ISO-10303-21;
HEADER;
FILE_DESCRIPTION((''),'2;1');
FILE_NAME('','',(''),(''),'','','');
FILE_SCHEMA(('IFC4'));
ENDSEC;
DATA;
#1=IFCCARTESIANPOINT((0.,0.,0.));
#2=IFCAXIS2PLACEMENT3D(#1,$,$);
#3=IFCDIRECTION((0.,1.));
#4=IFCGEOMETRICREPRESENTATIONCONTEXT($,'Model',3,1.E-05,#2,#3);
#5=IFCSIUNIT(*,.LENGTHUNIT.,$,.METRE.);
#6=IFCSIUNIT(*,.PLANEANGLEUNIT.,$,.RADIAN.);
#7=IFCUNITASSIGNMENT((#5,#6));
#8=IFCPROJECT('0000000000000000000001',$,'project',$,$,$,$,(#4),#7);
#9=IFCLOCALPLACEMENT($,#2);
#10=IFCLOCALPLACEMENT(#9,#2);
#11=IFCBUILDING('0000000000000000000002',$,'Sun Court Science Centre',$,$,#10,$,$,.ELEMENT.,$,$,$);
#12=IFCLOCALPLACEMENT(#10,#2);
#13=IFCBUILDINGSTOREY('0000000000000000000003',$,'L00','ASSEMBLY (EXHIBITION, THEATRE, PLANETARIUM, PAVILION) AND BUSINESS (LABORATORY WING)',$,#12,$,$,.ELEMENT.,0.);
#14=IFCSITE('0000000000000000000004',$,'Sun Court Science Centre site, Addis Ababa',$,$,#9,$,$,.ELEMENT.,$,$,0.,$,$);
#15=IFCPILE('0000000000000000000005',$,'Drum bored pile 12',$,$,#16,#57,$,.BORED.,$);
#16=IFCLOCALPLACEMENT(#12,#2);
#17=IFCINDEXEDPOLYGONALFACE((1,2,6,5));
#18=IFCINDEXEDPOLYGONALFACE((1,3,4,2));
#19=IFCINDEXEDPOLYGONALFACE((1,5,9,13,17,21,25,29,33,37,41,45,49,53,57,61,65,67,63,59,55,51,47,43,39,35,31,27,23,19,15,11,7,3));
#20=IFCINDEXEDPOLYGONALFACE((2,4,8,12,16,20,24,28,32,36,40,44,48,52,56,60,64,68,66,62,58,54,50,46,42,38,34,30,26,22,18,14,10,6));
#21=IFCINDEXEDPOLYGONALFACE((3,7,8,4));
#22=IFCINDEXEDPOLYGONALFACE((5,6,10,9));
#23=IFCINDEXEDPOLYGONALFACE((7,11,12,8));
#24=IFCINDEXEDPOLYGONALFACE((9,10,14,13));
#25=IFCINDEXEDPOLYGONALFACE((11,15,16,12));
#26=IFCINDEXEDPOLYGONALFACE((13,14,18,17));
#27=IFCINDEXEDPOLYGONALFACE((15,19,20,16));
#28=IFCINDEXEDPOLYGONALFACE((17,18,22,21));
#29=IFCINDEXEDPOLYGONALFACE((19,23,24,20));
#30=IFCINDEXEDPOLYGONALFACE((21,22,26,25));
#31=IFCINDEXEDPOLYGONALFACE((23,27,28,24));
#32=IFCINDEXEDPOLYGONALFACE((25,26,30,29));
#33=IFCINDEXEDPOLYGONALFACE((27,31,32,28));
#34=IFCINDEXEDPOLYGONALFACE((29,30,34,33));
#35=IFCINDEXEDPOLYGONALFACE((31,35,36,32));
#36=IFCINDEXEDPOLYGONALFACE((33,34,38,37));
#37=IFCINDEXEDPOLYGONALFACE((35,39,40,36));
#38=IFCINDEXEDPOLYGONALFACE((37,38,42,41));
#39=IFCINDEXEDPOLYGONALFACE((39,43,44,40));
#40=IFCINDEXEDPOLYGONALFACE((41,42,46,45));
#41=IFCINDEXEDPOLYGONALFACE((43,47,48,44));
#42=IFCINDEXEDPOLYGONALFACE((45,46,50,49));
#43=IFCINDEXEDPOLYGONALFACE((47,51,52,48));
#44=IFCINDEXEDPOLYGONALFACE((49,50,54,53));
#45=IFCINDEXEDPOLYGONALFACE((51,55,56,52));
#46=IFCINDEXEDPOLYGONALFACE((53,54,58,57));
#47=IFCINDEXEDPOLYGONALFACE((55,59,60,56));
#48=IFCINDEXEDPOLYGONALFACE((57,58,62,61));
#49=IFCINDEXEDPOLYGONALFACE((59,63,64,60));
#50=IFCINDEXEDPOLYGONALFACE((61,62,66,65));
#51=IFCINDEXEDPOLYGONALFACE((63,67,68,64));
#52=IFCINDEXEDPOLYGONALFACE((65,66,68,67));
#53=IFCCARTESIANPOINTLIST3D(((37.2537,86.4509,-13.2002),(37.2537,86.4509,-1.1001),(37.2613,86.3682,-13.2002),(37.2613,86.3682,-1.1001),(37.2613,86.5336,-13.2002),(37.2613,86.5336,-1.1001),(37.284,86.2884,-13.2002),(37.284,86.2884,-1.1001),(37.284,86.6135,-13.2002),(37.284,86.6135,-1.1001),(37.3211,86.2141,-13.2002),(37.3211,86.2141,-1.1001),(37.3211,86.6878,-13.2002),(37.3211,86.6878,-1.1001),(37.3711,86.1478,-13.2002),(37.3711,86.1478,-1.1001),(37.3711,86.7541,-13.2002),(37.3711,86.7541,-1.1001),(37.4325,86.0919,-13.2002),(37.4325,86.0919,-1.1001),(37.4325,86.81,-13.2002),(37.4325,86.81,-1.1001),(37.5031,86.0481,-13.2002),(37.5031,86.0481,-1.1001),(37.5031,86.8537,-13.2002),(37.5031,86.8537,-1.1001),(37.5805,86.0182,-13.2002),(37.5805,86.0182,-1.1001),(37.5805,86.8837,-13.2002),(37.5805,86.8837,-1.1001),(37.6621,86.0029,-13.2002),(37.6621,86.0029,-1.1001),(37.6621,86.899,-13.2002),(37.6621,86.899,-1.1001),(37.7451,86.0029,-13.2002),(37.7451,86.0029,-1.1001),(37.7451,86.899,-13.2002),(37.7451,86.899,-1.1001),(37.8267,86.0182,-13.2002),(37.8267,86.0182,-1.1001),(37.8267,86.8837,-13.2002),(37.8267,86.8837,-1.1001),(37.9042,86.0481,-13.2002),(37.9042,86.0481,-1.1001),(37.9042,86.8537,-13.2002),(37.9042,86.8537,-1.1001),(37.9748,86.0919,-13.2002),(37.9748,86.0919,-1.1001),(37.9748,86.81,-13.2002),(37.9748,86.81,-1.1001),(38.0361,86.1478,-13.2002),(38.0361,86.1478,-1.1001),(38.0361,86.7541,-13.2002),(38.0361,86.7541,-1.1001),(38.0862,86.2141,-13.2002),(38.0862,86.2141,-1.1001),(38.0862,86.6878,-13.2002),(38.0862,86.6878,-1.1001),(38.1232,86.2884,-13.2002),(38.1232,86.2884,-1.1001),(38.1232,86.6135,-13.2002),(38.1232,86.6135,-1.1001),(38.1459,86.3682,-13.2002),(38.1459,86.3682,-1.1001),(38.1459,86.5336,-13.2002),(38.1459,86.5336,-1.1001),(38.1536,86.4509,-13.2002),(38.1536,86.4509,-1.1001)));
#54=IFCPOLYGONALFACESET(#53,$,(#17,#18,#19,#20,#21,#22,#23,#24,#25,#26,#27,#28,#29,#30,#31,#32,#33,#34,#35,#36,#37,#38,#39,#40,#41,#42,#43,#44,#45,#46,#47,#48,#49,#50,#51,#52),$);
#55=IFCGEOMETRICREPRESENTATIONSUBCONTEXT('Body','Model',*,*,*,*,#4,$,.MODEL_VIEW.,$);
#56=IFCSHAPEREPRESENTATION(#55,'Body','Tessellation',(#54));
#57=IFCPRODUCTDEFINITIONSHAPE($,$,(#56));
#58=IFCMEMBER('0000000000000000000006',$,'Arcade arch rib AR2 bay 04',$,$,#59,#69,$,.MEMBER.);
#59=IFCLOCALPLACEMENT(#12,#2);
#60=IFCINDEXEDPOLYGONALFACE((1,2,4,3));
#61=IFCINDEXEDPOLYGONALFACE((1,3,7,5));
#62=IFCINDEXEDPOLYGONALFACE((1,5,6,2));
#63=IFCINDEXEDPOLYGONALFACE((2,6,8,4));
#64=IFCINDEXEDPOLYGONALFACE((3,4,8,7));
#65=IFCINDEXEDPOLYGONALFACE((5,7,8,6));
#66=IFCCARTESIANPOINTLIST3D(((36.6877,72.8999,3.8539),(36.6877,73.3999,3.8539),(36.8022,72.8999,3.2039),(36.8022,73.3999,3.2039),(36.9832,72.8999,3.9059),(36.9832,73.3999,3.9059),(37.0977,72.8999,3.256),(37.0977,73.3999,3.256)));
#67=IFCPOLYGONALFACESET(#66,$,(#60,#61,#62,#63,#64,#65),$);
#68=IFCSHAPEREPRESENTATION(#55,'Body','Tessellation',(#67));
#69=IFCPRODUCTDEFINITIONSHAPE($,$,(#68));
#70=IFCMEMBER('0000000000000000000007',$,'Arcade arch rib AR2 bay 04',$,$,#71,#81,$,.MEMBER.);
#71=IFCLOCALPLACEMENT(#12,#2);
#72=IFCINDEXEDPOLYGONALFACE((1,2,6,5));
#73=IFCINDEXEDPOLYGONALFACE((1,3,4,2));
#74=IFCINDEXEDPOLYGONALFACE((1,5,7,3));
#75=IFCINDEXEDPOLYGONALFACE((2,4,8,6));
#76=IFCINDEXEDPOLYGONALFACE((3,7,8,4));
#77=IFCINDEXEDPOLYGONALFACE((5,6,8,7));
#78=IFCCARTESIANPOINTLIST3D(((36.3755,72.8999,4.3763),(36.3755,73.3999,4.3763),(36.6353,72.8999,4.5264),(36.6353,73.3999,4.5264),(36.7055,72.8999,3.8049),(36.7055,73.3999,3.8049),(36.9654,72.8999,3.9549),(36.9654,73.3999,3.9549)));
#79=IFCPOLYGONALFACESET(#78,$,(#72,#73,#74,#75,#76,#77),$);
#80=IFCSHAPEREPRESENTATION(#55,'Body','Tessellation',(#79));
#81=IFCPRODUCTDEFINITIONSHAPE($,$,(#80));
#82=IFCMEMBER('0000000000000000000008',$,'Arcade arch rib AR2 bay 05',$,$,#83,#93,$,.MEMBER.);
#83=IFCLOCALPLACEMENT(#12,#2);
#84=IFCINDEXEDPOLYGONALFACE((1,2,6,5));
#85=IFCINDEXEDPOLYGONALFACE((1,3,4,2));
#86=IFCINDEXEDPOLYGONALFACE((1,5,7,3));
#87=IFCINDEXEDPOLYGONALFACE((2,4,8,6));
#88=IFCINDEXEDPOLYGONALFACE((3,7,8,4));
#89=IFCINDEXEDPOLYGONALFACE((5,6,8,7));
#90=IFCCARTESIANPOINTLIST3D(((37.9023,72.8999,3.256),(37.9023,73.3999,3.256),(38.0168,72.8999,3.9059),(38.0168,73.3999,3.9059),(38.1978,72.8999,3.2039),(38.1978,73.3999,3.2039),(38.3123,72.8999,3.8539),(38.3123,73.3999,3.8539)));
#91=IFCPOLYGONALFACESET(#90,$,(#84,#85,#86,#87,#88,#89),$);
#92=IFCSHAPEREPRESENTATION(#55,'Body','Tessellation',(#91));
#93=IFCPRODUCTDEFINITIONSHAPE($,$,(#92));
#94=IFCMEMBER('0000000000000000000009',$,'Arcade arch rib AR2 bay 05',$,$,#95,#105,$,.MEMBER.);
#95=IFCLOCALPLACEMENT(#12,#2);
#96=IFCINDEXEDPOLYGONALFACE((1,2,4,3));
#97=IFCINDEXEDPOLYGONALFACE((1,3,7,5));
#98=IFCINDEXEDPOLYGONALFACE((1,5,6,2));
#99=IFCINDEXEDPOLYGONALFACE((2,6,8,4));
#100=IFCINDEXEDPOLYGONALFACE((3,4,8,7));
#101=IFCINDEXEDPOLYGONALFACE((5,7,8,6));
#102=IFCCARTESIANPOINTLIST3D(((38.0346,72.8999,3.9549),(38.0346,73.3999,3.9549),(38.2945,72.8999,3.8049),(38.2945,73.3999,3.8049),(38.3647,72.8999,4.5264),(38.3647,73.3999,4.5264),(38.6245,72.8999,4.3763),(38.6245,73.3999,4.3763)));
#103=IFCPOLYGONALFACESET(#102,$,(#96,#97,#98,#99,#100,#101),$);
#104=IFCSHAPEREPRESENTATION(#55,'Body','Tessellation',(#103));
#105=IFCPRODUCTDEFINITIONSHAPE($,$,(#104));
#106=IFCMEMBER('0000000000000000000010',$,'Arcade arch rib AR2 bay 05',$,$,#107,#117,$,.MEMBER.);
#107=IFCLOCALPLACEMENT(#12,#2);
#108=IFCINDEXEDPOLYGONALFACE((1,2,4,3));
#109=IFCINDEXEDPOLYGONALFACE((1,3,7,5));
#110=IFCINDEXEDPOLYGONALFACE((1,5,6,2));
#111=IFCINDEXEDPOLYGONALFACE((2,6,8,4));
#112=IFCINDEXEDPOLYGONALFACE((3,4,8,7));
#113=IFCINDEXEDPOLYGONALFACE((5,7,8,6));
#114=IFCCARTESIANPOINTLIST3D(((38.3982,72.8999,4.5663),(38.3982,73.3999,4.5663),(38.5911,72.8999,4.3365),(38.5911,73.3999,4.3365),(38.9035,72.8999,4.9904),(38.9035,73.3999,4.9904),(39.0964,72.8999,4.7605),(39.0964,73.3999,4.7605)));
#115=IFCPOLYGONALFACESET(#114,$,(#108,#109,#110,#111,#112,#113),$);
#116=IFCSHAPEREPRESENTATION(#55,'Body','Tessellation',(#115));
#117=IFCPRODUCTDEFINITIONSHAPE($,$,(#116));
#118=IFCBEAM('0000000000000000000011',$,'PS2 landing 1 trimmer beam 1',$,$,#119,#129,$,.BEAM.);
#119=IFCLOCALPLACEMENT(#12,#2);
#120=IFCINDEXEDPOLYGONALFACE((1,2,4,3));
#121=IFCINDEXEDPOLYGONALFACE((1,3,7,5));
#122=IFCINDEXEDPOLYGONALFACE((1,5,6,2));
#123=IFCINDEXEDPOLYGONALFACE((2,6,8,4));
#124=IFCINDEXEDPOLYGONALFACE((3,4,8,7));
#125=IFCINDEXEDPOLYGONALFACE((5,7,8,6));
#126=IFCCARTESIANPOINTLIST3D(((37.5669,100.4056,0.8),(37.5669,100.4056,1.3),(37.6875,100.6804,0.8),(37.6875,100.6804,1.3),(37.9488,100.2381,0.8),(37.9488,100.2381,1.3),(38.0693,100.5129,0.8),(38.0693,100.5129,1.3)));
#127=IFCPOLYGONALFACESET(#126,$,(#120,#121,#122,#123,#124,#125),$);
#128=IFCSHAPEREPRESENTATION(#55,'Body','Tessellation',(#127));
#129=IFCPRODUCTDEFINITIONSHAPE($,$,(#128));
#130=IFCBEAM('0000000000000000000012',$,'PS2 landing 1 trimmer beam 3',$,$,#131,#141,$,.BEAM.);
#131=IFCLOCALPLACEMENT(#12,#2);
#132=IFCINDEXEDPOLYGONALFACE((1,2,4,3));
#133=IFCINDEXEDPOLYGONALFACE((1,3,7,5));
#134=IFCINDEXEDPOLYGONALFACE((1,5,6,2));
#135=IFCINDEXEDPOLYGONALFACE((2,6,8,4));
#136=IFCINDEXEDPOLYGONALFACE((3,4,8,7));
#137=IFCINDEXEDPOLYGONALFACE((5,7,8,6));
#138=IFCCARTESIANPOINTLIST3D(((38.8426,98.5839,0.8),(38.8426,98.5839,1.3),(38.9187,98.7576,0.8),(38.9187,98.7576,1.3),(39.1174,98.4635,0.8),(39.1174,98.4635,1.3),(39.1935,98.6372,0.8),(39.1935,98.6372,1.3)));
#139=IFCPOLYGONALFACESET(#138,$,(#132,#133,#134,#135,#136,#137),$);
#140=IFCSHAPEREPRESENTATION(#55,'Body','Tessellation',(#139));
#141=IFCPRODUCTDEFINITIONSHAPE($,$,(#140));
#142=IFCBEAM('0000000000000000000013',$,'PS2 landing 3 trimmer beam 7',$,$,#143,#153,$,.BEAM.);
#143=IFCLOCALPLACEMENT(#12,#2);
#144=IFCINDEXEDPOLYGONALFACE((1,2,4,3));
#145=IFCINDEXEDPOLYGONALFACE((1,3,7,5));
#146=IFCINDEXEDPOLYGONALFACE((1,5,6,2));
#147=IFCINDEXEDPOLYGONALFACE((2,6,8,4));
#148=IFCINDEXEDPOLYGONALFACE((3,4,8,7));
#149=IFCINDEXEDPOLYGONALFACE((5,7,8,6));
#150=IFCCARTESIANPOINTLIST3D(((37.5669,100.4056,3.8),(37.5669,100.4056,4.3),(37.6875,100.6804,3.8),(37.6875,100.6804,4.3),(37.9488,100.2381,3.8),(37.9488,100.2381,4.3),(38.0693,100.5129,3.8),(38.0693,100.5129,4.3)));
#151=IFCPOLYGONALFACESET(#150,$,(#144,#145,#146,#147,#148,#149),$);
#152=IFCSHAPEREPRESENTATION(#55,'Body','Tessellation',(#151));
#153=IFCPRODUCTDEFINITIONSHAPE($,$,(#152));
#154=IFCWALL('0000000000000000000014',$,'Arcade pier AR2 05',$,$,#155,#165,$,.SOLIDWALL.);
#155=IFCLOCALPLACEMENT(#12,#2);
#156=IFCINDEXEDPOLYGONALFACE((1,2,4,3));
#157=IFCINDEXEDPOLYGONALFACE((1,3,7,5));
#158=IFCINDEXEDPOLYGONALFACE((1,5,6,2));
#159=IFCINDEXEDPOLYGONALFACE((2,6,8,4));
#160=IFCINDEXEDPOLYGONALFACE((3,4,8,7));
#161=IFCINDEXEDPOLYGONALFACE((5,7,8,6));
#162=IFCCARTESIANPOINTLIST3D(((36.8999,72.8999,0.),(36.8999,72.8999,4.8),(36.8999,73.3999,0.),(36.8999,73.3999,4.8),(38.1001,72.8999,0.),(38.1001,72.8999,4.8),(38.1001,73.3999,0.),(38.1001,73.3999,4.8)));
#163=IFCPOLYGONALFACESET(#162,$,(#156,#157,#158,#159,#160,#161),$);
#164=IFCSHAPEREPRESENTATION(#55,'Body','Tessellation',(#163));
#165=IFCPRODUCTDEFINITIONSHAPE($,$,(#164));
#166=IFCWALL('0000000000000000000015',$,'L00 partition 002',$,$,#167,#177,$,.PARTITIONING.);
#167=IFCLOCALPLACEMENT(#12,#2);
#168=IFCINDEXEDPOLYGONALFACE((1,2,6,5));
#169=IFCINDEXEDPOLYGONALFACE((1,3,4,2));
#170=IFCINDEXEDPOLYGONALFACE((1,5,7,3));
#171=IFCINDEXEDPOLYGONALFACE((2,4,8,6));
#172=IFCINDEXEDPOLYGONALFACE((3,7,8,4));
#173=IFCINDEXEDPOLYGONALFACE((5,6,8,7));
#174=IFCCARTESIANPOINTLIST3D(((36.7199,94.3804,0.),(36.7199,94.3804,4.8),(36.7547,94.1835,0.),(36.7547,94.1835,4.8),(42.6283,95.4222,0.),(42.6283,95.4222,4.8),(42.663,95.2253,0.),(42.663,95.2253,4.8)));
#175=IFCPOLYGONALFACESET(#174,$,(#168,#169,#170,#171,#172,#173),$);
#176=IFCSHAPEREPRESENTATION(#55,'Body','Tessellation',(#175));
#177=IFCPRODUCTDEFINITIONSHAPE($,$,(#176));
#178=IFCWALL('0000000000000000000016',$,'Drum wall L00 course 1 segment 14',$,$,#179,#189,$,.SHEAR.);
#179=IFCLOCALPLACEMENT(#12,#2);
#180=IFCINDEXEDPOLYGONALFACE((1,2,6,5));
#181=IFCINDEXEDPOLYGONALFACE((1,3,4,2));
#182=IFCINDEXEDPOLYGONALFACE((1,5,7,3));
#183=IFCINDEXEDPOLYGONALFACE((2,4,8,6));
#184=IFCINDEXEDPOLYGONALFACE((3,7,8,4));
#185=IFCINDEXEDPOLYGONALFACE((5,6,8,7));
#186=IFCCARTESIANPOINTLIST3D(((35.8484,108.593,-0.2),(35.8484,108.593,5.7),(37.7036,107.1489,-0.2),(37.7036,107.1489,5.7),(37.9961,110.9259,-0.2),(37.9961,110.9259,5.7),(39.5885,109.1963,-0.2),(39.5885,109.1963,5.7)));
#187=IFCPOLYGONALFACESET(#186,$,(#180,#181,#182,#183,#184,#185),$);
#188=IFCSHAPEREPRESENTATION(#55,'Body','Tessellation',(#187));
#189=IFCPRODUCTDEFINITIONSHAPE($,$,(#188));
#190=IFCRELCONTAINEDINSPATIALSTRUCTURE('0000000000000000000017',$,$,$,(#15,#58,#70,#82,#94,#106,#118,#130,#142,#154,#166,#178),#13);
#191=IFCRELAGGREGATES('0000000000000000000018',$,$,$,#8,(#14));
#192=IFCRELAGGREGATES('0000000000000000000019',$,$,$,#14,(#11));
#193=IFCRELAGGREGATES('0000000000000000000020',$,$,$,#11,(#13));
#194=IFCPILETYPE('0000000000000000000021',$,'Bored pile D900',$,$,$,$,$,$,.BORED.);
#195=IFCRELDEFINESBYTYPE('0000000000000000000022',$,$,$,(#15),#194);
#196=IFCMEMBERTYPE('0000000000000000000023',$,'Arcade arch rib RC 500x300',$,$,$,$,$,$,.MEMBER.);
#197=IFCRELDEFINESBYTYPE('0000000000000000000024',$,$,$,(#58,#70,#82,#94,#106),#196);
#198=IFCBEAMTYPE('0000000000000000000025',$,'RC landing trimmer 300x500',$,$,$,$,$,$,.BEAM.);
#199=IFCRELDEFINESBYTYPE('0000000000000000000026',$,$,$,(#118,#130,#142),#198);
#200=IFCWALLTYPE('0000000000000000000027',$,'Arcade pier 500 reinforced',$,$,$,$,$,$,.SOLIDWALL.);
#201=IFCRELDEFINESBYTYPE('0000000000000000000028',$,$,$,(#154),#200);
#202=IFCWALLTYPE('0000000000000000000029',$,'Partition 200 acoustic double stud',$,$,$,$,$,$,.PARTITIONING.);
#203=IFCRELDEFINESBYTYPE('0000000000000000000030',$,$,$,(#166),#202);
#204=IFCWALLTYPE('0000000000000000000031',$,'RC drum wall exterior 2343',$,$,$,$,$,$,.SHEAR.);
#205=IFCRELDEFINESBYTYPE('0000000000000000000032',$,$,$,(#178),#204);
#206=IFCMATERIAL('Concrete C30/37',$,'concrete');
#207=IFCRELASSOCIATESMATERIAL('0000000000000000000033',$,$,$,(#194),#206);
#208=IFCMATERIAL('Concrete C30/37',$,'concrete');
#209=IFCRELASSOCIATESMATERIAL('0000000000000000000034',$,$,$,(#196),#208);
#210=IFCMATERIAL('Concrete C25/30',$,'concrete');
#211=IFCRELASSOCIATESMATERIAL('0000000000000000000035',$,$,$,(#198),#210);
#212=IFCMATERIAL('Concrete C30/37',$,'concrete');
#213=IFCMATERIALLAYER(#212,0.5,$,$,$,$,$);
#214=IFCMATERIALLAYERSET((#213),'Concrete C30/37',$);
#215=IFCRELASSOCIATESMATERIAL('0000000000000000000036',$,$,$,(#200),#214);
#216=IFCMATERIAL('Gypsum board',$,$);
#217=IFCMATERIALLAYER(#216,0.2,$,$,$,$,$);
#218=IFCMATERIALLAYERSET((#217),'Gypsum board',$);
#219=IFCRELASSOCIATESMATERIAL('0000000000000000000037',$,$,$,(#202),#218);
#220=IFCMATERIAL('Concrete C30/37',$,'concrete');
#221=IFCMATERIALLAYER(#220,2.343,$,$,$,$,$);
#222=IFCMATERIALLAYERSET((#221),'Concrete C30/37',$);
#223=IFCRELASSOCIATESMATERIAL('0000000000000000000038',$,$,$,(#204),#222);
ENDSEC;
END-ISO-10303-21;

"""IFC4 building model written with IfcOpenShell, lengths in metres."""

from ifc_helpers import new_model, si_unit, direction, frame, frame_2d, origin, origin_2d, place, context, subcontext, project, spatial, polyline, rectangle, circle, outline, extrude, material, layer, layer_set, material_profile, profile_set, type_object, element, save


model = new_model("IFC4")

# Units and contexts
model_context = context("Model", 3, precision=1e-05, world=origin(), true_north=direction((0.0, 1.0)))
body_context = subcontext(model_context, "Body", "Model", "MODEL_VIEW")
ifc_project = project(units=[si_unit("LENGTHUNIT", "METRE"), si_unit("PLANEANGLEUNIT", "RADIAN")], contexts=[model_context])

# Site, building, storey
site_placement = place(None, origin())
site = spatial("IfcSite", under=ifc_project, at=site_placement, Name="Sun Court Science Centre site, Addis Ababa", CompositionType="ELEMENT", RefElevation=0.0)
building_placement = place(site_placement, origin())
building = spatial("IfcBuilding", under=site, at=building_placement, Name="Sun Court Science Centre", CompositionType="ELEMENT")
storey_placement = place(building_placement, origin())
storey = spatial("IfcBuildingStorey", under=building, at=storey_placement, Name="L00", Description="ASSEMBLY (EXHIBITION, THEATRE, PLANETARIUM, PAVILION) AND BUSINESS (LABORATORY WING)", CompositionType="ELEMENT", Elevation=0.0)

# Pile
ifc_material_1 = material(Name="Concrete C30/37", Category="concrete")
ifc_material_profile_1 = material_profile(ifc_material_1, circle(Radius=0.45, at=origin_2d()), Name="RC D900")
ifc_profile_set_1 = profile_set([ifc_material_profile_1], Name="Concrete C30/37")
pile_type = type_object("IfcPileType", Name="Bored pile D900", PredefinedType="BORED", material=ifc_profile_set_1)
for number, where, z_axis, x_axis, name in (
    (1, (37.7036, 86.4509, -1.1001), (0.0, 0.0, -1.0), (1.0, 0.0, 0.0), "Drum bored pile 12"),
):
    element("IfcPile", number, at=place(storey_placement, frame(where, z_axis=z_axis, x_axis=x_axis)), inside=storey, type_object=pile_type, Name=name, PredefinedType="BORED", context=body_context, shape_type="SweptSolid", body=[
        extrude(circle(Radius=0.45, at=origin_2d()), origin(), (0.0, 0.0, 1.0), 12.1001),
    ])

# Members
ifc_material_2 = material(Name="Concrete C30/37", Category="concrete")
ifc_material_profile_2 = material_profile(ifc_material_2, rectangle(XDim=0.5, YDim=0.3, at=origin_2d()), Name="RC 500x300")
ifc_profile_set_2 = profile_set([ifc_material_profile_2], Name="Concrete C30/37")
member_type = type_object("IfcMemberType", Name="Arcade arch rib RC 500x300", PredefinedType="MEMBER", material=ifc_profile_set_2)
for number, where, z_axis, x_axis, name in (
    (2, (36.95, 73.1499, 3.23), (-0.173511, 0.0, 0.984832), (0.0, -1.0, 0.0), "Arcade arch rib AR2 bay 04"),
    (3, (36.8354, 73.1499, 3.8799), (-0.500117, 0.0, 0.865958), (0.0, -1.0, 0.0), "Arcade arch rib AR2 bay 04"),
    (4, (38.05, 73.1499, 3.23), (0.173511, 0.0, 0.984832), (0.0, 1.0, 0.0), "Arcade arch rib AR2 bay 05"),
    (5, (38.1646, 73.1499, 3.8799), (0.500117, 0.0, 0.865958), (0.0, 1.0, 0.0), "Arcade arch rib AR2 bay 05"),
):
    element("IfcMember", number, at=place(storey_placement, frame(where, z_axis=z_axis, x_axis=x_axis)), inside=storey, type_object=member_type, Name=name, PredefinedType="MEMBER", context=body_context, shape_type="SweptSolid", body=[
        extrude(rectangle(XDim=0.5, YDim=0.3, at=origin_2d()), origin(), (0.0, 0.0, 1.0), 0.6599),
    ])
member_placement = place(storey_placement, frame((38.4946, 73.1499, 4.4514), z_axis=(0.766033, 0.0, 0.642801), x_axis=(0.0, 1.0, 0.0)))
element("IfcMember", 6, at=member_placement, inside=storey, type_object=member_type, Name="Arcade arch rib AR2 bay 05", PredefinedType="MEMBER", context=body_context, shape_type="SweptSolid", body=[
    extrude(rectangle(XDim=0.5, YDim=0.3, at=origin_2d()), origin(), (0.0, 0.0, 1.0), 0.6597),
])

# Beams
ifc_material_3 = material(Name="Concrete C25/30", Category="concrete")
ifc_material_profile_3 = material_profile(ifc_material_3, rectangle(XDim=0.3, YDim=0.5, at=origin_2d()), Name="RC 300x500")
ifc_profile_set_3 = profile_set([ifc_material_profile_3], Name="Concrete C25/30")
beam_type = type_object("IfcBeamType", Name="RC landing trimmer 300x500", PredefinedType="BEAM", material=ifc_profile_set_3)
beam_1_placement = place(storey_placement, frame((37.6272, 100.543, 1.05), z_axis=(0.915781, -0.401679, 0.0), x_axis=(0.401679, 0.915781, 0.0)))
element("IfcBeam", 7, at=beam_1_placement, inside=storey, type_object=beam_type, Name="PS2 landing 1 trimmer beam 1", PredefinedType="BEAM", context=body_context, shape_type="SweptSolid", body=[
    extrude(rectangle(XDim=0.3, YDim=0.5, at=origin_2d()), origin(), (0.0, 0.0, 1.0), 0.417),
])
beam_2_placement = place(storey_placement, frame((38.98, 98.5237, 1.05), z_axis=(0.401359, 0.915921, 0.0), x_axis=(-0.915921, 0.401359, 0.0)))
element("IfcBeam", 8, at=beam_2_placement, inside=storey, type_object=beam_type, Name="PS2 landing 1 trimmer beam 3", PredefinedType="BEAM", context=body_context, shape_type="SweptSolid", body=[
    extrude(rectangle(XDim=0.3, YDim=0.5, at=origin_2d()), origin(), (0.0, 0.0, 1.0), 0.1897),
])
beam_3_placement = place(storey_placement, frame((37.6272, 100.543, 4.05), z_axis=(0.915781, -0.401679, 0.0), x_axis=(0.401679, 0.915781, 0.0)))
element("IfcBeam", 9, at=beam_3_placement, inside=storey, type_object=beam_type, Name="PS2 landing 3 trimmer beam 7", PredefinedType="BEAM", context=body_context, shape_type="SweptSolid", body=[
    extrude(rectangle(XDim=0.3, YDim=0.5, at=origin_2d()), origin(), (0.0, 0.0, 1.0), 0.417),
])

# Walls
ifc_material_4 = material(Name="Concrete C30/37", Category="concrete")
ifc_layer_1 = layer(ifc_material_4, 0.5)
ifc_layer_set_1 = layer_set([ifc_layer_1], Name="Concrete C30/37")
wall_type_1 = type_object("IfcWallType", Name="Arcade pier 500 reinforced", PredefinedType="SOLIDWALL", material=ifc_layer_set_1)
wall_1_placement = place(storey_placement, frame((36.8999, 73.1499, 0.0), z_axis=(0.0, 0.0, 1.0), x_axis=(1.0, 0.0, 0.0)))
element("IfcWall", 10, at=wall_1_placement, inside=storey, type_object=wall_type_1, Name="Arcade pier AR2 05", PredefinedType="SOLIDWALL", context=body_context, shape_type="SweptSolid", body=[
    extrude(rectangle(XDim=1.2002, YDim=0.5, at=frame_2d((0.6001, 0.0))), origin(), (0.0, 0.0, 1.0), 4.8),
])
ifc_material_5 = material(Name="Gypsum board")
ifc_layer_2 = layer(ifc_material_5, 0.2)
ifc_layer_set_2 = layer_set([ifc_layer_2], Name="Gypsum board")
wall_type_2 = type_object("IfcWallType", Name="Partition 200 acoustic double stud", PredefinedType="PARTITIONING", material=ifc_layer_set_2)
wall_2_placement = place(storey_placement, frame((36.7373, 94.282, 0.0), z_axis=(0.0, 0.0, 1.0), x_axis=(0.98481, 0.173637, 0.0)))
element("IfcWall", 11, at=wall_2_placement, inside=storey, type_object=wall_type_2, Name="L00 partition 002", PredefinedType="PARTITIONING", context=body_context, shape_type="SweptSolid", body=[
    extrude(rectangle(XDim=5.9995, YDim=0.2, at=frame_2d((2.9998, 0.0))), origin(), (0.0, 0.0, 1.0), 4.8),
])
ifc_material_6 = material(Name="Concrete C30/37", Category="concrete")
ifc_layer_3 = layer(ifc_material_6, 2.343)
ifc_layer_set_3 = layer_set([ifc_layer_3], Name="Concrete C30/37")
wall_type_3 = type_object("IfcWallType", Name="RC drum wall exterior 2343", PredefinedType="SHEAR", material=ifc_layer_set_3)
wall_3_placement = place(storey_placement, frame((38.8579, 110.1326, -0.2), z_axis=(0.0, 0.0, 1.0), x_axis=(-0.677243, -0.735759, 0.0)))
element("IfcWall", 12, at=wall_3_placement, inside=storey, type_object=wall_type_3, Name="Drum wall L00 course 1 segment 14", PredefinedType="SHEAR", context=body_context, shape_type="SweptSolid", body=[
    extrude(outline(polyline([(0.0, -1.1714), (3.1709, -1.1716), (2.9771, 1.1714), (0.1941, 1.1716), (0.0, -1.1714)])), origin(), (0.0, 0.0, 1.0), 5.8999),
])

save(model, "model.ifc")
